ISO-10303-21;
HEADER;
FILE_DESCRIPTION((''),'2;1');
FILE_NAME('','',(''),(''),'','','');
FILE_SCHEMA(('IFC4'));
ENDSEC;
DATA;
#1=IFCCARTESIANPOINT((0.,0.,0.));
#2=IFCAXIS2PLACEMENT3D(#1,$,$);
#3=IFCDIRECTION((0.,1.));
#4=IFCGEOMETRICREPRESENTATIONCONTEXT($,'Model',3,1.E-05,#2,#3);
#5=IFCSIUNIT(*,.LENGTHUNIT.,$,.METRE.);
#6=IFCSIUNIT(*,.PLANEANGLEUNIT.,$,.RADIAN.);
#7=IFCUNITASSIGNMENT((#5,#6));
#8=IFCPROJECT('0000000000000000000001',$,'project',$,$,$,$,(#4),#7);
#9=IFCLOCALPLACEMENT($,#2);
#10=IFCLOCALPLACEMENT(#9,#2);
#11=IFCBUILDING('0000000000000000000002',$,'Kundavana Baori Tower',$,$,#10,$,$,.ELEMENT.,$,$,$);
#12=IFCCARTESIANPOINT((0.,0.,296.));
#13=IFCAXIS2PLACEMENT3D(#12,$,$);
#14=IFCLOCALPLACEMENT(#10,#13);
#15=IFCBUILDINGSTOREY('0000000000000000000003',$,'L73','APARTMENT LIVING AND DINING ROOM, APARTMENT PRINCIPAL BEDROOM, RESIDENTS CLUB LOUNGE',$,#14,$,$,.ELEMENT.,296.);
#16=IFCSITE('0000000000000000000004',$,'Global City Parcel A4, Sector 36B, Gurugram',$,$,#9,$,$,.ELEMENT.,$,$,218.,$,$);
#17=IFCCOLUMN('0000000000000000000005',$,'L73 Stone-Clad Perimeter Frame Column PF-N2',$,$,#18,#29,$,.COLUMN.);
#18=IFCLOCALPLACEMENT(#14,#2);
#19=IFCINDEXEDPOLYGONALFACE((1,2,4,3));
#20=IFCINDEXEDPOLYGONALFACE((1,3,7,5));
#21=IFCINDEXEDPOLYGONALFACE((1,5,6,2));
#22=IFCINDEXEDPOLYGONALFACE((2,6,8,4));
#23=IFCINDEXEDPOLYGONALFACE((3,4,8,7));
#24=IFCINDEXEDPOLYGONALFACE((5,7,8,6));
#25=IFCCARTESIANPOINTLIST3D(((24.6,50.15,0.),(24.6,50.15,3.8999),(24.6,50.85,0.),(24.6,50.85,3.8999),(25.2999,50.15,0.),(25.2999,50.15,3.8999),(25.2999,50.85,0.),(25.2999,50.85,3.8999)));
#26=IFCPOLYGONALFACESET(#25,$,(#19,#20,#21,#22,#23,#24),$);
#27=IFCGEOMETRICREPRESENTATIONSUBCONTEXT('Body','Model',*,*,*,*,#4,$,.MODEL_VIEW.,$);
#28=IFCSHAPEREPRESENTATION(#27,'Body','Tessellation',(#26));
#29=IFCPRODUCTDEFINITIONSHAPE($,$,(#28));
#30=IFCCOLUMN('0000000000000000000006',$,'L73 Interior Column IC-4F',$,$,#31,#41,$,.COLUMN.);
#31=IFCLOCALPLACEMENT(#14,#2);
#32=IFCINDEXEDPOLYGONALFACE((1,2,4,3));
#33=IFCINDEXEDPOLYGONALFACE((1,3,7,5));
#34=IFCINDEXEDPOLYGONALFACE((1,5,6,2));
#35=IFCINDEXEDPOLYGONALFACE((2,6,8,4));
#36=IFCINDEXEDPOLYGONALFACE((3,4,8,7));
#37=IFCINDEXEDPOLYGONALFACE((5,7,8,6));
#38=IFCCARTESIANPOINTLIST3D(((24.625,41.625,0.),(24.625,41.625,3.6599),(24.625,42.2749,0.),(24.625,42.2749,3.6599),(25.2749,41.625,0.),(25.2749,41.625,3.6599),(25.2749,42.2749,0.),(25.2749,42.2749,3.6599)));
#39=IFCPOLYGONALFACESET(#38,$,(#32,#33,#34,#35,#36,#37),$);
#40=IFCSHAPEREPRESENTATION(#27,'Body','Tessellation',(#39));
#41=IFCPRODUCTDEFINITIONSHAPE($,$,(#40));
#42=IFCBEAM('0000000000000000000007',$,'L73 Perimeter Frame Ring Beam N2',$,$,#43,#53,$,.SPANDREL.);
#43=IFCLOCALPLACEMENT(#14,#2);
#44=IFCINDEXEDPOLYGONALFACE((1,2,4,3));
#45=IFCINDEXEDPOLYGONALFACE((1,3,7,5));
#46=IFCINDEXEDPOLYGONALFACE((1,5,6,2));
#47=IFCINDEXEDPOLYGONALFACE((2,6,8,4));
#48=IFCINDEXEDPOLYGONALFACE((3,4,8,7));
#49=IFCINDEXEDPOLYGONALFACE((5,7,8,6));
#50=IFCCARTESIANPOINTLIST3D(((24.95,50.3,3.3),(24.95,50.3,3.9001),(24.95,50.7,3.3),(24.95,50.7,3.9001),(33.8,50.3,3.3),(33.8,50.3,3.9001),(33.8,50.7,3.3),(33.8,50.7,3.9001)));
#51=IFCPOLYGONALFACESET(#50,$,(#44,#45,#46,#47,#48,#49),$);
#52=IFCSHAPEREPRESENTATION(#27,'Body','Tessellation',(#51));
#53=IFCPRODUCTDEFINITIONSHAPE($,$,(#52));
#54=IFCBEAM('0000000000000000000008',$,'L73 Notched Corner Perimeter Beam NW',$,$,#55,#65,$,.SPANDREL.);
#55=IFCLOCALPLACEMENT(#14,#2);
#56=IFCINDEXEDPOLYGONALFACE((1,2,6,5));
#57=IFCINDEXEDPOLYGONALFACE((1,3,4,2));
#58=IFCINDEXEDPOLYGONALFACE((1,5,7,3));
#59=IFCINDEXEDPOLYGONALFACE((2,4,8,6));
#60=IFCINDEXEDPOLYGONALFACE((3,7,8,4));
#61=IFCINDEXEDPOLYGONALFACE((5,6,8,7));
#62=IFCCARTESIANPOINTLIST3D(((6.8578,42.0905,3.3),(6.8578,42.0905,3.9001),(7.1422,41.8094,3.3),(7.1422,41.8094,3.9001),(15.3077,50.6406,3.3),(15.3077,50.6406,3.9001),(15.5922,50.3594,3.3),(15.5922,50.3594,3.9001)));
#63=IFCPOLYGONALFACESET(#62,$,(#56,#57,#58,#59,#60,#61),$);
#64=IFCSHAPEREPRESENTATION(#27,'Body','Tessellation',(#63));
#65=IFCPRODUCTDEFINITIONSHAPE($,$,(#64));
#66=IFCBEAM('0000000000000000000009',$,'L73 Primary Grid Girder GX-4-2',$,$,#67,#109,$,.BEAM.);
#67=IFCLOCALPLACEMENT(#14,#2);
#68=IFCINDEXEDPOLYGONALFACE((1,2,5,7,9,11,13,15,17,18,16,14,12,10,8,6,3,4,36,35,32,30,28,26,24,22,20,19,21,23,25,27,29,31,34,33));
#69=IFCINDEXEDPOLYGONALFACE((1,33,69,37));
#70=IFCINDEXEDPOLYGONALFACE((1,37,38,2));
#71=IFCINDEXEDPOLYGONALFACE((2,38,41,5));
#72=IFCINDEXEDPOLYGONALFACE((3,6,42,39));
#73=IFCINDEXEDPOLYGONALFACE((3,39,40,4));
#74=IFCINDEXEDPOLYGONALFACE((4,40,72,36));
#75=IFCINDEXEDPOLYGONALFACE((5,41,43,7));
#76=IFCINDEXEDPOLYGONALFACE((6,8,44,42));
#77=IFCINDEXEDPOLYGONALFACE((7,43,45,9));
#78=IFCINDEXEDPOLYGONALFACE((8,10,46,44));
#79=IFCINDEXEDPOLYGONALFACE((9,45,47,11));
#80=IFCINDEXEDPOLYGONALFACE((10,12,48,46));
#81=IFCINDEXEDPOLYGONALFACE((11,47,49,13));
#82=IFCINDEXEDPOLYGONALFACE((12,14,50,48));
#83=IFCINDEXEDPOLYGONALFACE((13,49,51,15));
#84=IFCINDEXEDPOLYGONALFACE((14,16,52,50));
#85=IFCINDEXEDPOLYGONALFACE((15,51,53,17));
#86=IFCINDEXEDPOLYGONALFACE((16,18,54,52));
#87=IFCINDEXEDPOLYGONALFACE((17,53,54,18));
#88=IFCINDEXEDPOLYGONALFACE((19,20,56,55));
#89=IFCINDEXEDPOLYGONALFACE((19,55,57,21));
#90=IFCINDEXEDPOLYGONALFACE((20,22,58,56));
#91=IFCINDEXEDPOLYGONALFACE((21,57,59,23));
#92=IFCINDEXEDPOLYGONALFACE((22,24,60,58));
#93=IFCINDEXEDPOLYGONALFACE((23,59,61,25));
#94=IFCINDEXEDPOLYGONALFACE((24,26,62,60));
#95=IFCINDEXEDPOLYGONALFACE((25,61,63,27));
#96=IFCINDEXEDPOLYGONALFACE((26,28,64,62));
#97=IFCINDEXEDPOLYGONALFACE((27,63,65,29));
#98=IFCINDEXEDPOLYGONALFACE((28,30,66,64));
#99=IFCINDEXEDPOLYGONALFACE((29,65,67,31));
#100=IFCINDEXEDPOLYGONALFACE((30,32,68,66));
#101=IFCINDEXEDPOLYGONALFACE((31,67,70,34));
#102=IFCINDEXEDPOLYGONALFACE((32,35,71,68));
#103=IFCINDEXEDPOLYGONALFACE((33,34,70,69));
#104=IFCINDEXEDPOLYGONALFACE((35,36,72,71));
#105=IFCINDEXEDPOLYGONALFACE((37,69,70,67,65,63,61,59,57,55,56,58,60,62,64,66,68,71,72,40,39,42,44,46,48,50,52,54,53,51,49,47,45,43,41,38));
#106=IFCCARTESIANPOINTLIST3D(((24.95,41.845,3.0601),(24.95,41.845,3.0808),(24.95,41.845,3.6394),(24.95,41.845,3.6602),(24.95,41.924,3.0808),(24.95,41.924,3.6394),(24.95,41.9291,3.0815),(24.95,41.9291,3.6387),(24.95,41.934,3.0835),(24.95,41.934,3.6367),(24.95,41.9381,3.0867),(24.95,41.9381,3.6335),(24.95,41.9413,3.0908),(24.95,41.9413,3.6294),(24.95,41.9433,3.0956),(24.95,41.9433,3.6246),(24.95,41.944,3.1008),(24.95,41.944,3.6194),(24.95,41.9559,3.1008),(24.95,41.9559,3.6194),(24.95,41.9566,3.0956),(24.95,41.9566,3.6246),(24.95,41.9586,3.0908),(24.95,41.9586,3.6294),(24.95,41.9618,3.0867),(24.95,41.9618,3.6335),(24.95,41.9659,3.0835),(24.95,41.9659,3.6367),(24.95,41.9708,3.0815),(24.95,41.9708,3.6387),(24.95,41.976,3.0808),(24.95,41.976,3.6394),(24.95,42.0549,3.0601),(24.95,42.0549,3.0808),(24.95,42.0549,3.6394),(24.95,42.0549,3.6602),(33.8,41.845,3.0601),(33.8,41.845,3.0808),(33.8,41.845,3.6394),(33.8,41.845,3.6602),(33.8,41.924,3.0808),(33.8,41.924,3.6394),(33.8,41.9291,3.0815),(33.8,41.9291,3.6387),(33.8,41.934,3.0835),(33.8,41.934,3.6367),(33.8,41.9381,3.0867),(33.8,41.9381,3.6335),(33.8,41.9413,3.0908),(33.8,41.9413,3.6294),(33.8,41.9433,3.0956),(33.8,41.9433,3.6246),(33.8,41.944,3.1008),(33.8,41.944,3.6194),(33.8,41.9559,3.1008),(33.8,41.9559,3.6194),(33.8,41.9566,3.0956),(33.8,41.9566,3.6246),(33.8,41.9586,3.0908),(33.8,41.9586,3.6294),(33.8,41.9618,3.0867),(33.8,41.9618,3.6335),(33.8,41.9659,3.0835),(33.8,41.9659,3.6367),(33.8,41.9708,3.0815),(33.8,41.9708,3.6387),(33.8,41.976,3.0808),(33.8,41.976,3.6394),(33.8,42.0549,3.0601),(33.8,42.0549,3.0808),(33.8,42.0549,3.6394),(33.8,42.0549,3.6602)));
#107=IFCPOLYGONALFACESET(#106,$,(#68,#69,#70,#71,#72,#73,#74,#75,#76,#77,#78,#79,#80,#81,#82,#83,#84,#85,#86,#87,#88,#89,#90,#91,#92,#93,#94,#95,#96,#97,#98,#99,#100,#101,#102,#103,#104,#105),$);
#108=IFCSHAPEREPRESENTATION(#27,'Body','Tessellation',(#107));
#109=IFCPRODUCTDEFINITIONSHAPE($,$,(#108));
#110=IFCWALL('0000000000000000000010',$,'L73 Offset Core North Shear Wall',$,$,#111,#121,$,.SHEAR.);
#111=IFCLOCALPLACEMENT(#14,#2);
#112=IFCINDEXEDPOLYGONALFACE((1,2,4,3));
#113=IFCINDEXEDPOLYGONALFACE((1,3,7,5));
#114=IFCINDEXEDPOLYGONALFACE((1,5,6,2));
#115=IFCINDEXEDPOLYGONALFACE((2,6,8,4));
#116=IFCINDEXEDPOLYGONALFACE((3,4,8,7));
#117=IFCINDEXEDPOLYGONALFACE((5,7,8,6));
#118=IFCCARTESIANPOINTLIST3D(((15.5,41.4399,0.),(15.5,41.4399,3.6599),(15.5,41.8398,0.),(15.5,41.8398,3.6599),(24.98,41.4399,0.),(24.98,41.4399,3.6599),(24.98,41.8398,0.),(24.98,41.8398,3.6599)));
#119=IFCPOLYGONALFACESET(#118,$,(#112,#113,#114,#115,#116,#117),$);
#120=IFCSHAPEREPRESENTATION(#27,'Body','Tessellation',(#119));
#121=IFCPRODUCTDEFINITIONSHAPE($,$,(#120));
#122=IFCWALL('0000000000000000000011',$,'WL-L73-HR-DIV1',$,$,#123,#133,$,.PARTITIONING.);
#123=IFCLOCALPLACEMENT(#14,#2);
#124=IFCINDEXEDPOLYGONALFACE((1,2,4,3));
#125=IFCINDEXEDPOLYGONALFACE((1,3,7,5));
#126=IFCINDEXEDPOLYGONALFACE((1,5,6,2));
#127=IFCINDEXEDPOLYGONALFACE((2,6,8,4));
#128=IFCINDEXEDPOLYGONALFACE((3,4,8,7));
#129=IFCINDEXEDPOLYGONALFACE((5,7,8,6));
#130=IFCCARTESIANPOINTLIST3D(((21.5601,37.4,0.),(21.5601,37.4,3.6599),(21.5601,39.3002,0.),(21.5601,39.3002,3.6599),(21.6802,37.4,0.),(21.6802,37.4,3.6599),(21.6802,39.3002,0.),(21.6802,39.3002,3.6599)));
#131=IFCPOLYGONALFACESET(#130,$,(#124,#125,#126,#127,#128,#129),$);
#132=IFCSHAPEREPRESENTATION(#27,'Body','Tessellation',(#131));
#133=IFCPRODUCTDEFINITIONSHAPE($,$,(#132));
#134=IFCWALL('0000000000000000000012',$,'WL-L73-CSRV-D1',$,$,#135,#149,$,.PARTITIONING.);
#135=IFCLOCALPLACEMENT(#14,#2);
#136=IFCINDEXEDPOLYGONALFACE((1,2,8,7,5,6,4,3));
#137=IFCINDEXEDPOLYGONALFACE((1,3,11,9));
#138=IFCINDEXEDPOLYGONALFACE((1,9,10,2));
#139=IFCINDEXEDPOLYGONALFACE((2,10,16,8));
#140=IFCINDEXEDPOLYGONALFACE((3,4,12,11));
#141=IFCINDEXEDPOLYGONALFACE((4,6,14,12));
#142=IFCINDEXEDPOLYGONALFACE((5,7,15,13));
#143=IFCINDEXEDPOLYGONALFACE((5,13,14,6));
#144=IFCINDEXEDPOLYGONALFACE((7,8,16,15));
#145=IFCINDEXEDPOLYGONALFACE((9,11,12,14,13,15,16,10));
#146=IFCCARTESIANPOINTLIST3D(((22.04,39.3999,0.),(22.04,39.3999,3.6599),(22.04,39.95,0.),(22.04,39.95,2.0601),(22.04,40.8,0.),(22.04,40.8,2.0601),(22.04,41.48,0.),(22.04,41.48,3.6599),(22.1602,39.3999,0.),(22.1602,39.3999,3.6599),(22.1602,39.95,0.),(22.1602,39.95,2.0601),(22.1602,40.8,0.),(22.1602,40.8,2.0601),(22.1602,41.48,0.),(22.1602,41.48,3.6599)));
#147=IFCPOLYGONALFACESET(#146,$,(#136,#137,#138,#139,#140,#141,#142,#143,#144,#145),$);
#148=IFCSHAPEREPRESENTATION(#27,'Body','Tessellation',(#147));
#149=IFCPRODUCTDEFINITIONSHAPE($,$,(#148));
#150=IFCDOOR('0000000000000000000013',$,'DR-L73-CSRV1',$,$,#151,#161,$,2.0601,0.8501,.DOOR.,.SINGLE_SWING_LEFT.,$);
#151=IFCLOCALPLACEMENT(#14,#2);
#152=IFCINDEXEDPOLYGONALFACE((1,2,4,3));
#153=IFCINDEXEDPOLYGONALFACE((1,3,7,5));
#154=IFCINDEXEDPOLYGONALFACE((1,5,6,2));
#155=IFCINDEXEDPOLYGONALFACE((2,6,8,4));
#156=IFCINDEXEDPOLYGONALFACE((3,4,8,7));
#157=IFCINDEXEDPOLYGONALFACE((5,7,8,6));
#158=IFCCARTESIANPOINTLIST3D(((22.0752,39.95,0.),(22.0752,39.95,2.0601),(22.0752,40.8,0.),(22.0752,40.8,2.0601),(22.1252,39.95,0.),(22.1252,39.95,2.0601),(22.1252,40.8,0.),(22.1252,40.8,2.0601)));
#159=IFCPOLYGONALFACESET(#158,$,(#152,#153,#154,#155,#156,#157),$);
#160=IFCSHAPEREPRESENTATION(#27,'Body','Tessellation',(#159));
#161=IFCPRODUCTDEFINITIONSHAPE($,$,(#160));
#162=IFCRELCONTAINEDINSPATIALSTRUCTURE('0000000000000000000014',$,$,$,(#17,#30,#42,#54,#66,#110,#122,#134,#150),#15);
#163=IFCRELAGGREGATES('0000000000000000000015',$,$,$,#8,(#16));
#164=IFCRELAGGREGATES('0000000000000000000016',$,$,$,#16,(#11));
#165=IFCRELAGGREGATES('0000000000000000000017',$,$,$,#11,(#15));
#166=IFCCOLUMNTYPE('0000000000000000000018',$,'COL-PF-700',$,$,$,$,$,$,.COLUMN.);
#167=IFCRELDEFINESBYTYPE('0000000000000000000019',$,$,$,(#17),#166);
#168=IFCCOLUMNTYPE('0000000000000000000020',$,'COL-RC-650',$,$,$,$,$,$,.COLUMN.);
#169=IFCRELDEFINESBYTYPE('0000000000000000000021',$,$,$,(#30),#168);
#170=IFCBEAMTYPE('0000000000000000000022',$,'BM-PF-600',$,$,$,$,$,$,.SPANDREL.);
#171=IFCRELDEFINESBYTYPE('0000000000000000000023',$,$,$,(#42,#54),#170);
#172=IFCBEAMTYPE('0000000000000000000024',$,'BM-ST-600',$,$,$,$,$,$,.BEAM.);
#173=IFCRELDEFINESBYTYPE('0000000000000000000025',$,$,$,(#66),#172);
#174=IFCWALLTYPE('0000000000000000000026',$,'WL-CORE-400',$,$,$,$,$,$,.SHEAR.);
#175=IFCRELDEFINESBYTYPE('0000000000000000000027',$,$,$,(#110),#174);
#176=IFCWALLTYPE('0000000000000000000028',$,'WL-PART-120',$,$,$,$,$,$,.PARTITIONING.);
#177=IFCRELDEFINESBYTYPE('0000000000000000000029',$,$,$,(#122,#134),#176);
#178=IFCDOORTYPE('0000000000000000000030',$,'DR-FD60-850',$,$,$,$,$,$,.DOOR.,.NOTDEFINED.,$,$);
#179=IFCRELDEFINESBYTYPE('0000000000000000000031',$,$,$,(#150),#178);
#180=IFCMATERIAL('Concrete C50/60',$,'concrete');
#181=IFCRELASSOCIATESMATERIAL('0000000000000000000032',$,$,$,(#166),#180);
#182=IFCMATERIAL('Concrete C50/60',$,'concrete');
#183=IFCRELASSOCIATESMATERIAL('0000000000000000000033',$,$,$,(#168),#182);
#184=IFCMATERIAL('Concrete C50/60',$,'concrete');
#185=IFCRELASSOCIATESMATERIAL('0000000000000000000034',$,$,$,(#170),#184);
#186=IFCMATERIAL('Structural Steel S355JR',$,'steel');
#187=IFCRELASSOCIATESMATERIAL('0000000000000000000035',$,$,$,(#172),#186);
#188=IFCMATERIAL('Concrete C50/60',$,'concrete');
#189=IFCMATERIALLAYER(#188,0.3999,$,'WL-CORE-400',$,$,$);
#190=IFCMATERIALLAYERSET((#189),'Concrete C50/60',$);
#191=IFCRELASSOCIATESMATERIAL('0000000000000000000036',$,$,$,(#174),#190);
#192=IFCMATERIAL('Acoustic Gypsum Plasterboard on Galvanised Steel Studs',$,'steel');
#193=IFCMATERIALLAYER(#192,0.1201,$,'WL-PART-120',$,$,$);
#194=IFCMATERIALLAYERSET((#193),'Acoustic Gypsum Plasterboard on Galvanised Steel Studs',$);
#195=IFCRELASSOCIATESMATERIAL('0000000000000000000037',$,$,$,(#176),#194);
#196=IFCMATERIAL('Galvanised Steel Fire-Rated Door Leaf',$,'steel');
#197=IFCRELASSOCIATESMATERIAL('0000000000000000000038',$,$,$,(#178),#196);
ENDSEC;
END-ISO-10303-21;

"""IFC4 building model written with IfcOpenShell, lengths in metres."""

from ifc_helpers import new_model, si_unit, direction, frame, frame_2d, origin, origin_2d, place, context, subcontext, project, spatial, rectangle, i_section, extrude, material, layer, layer_set, material_profile, profile_set, type_object, element, fill, save


model = new_model("IFC4")

# Units and contexts
model_context = context("Model", 3, precision=1e-05, world=origin(), true_north=direction((0.0, 1.0)))
body_context = subcontext(model_context, "Body", "Model", "MODEL_VIEW")
ifc_project = project(units=[si_unit("LENGTHUNIT", "METRE"), si_unit("PLANEANGLEUNIT", "RADIAN")], contexts=[model_context])

# Site, building, storey
site_placement = place(None, origin())
site = spatial("IfcSite", under=ifc_project, at=site_placement, Name="Global City Parcel A4, Sector 36B, Gurugram", CompositionType="ELEMENT", RefElevation=218.0)
building_placement = place(site_placement, origin())
building = spatial("IfcBuilding", under=site, at=building_placement, Name="Kundavana Baori Tower", CompositionType="ELEMENT")
storey_placement = place(building_placement, frame((0.0, 0.0, 296.0)))
storey = spatial("IfcBuildingStorey", under=building, at=storey_placement, Name="L73", Description="APARTMENT LIVING AND DINING ROOM, APARTMENT PRINCIPAL BEDROOM, RESIDENTS CLUB LOUNGE", CompositionType="ELEMENT", Elevation=296.0)

# Columns
ifc_material_1 = material(Name="Concrete C50/60", Category="concrete")
ifc_material_profile_1 = material_profile(ifc_material_1, rectangle(XDim=0.7, YDim=0.7, at=origin_2d()), Name="RC PF 700x700")
ifc_profile_set_1 = profile_set([ifc_material_profile_1], Name="Concrete C50/60")
column_type_1 = type_object("IfcColumnType", Name="COL-PF-700", PredefinedType="COLUMN", material=ifc_profile_set_1)
column_1_placement = place(storey_placement, frame((24.95, 50.5, 0.0), z_axis=(0.0, 0.0, 1.0), x_axis=(1.0, 0.0, 0.0)))
element("IfcColumn", 1, at=column_1_placement, inside=storey, type_object=column_type_1, Name="L73 Stone-Clad Perimeter Frame Column PF-N2", PredefinedType="COLUMN", context=body_context, shape_type="SweptSolid", body=[
    extrude(rectangle(XDim=0.7, YDim=0.7, at=origin_2d()), origin(), (0.0, 0.0, 1.0), 3.8999),
])
ifc_material_2 = material(Name="Concrete C50/60", Category="concrete")
ifc_material_profile_2 = material_profile(ifc_material_2, rectangle(XDim=0.6499, YDim=0.6499, at=origin_2d()), Name="RC 650x650")
ifc_profile_set_2 = profile_set([ifc_material_profile_2], Name="Concrete C50/60")
column_type_2 = type_object("IfcColumnType", Name="COL-RC-650", PredefinedType="COLUMN", material=ifc_profile_set_2)
column_2_placement = place(storey_placement, frame((24.95, 41.95, 0.0), z_axis=(0.0, 0.0, 1.0), x_axis=(1.0, 0.0, 0.0)))
element("IfcColumn", 2, at=column_2_placement, inside=storey, type_object=column_type_2, Name="L73 Interior Column IC-4F", PredefinedType="COLUMN", context=body_context, shape_type="SweptSolid", body=[
    extrude(rectangle(XDim=0.6499, YDim=0.6499, at=origin_2d()), origin(), (0.0, 0.0, 1.0), 3.6599),
])

# Beams
ifc_material_3 = material(Name="Concrete C50/60", Category="concrete")
ifc_material_profile_3 = material_profile(ifc_material_3, rectangle(XDim=0.3999, YDim=0.6001, at=origin_2d()), Name="RC BM 400x600")
ifc_profile_set_3 = profile_set([ifc_material_profile_3], Name="Concrete C50/60")
beam_type_1 = type_object("IfcBeamType", Name="BM-PF-600", PredefinedType="SPANDREL", material=ifc_profile_set_3)
beam_1_placement = place(storey_placement, frame((24.95, 50.5, 3.6001), z_axis=(1.0, 0.0, 0.0), x_axis=(0.0, 1.0, 0.0)))
element("IfcBeam", 3, at=beam_1_placement, inside=storey, type_object=beam_type_1, Name="L73 Perimeter Frame Ring Beam N2", PredefinedType="SPANDREL", context=body_context, shape_type="SweptSolid", body=[
    extrude(rectangle(XDim=0.3999, YDim=0.6001, at=origin_2d()), origin(), (0.0, 0.0, 1.0), 8.8501),
])
beam_2_placement = place(storey_placement, frame((15.45, 50.5, 3.6001), z_axis=(-0.702931, -0.711258, 0.0), x_axis=(0.711258, -0.702931, 0.0)))
element("IfcBeam", 4, at=beam_2_placement, inside=storey, type_object=beam_type_1, Name="L73 Notched Corner Perimeter Beam NW", PredefinedType="SPANDREL", context=body_context, shape_type="SweptSolid", body=[
    extrude(rectangle(XDim=0.3999, YDim=0.6001, at=origin_2d()), origin(), (0.0, 0.0, 1.0), 12.021),
])
ifc_material_4 = material(Name="Structural Steel S355JR", Category="steel")
ifc_material_profile_4 = material_profile(ifc_material_4, i_section(OverallWidth=0.21, OverallDepth=0.6001, WebThickness=0.012, FlangeThickness=0.0208, FilletRadius=0.02, at=origin_2d()), Name="ISMB 600")
ifc_profile_set_4 = profile_set([ifc_material_profile_4], Name="Structural Steel S355JR")
beam_type_2 = type_object("IfcBeamType", Name="BM-ST-600", PredefinedType="BEAM", material=ifc_profile_set_4)
beam_3_placement = place(storey_placement, frame((24.95, 41.95, 3.3601), z_axis=(1.0, 0.0, 0.0), x_axis=(0.0, 1.0, 0.0)))
element("IfcBeam", 5, at=beam_3_placement, inside=storey, type_object=beam_type_2, Name="L73 Primary Grid Girder GX-4-2", PredefinedType="BEAM", context=body_context, shape_type="SweptSolid", body=[
    extrude(i_section(OverallWidth=0.21, OverallDepth=0.6001, WebThickness=0.012, FlangeThickness=0.0208, FilletRadius=0.02, at=origin_2d()), origin(), (0.0, 0.0, 1.0), 8.8501),
])

# Walls
ifc_material_5 = material(Name="Concrete C50/60", Category="concrete")
ifc_layer_1 = layer(ifc_material_5, 0.3999, Name="WL-CORE-400")
ifc_layer_set_1 = layer_set([ifc_layer_1], Name="Concrete C50/60")
wall_type_1 = type_object("IfcWallType", Name="WL-CORE-400", PredefinedType="SHEAR", material=ifc_layer_set_1)
wall_1_placement = place(storey_placement, frame((15.5, 41.6399, 0.0), z_axis=(0.0, 0.0, 1.0), x_axis=(1.0, 0.0, 0.0)))
element("IfcWall", 6, at=wall_1_placement, inside=storey, type_object=wall_type_1, Name="L73 Offset Core North Shear Wall", PredefinedType="SHEAR", context=body_context, shape_type="SweptSolid", body=[
    extrude(rectangle(XDim=9.48, YDim=0.3999, at=frame_2d((4.74, 0.0))), origin(), (0.0, 0.0, 1.0), 3.6599),
])
ifc_material_6 = material(Name="Acoustic Gypsum Plasterboard on Galvanised Steel Studs", Category="steel")
ifc_layer_2 = layer(ifc_material_6, 0.1201, Name="WL-PART-120")
ifc_layer_set_2 = layer_set([ifc_layer_2], Name="Acoustic Gypsum Plasterboard on Galvanised Steel Studs")
wall_type_2 = type_object("IfcWallType", Name="WL-PART-120", PredefinedType="PARTITIONING", material=ifc_layer_set_2)
wall_2_placement = place(storey_placement, frame((21.6201, 37.3999, 0.0), z_axis=(0.0, 0.0, 1.0), x_axis=(0.0, 1.0, 0.0)))
element("IfcWall", 7, at=wall_2_placement, inside=storey, type_object=wall_type_2, Name="WL-L73-HR-DIV1", PredefinedType="PARTITIONING", context=body_context, shape_type="SweptSolid", body=[
    extrude(rectangle(XDim=1.9001, YDim=0.1201, at=frame_2d((0.9502, 0.0))), origin(), (0.0, 0.0, 1.0), 3.6599),
])

# Wall, opening, door
wall_3_placement = place(storey_placement, frame((22.1001, 39.3999, 0.0), z_axis=(0.0, 0.0, 1.0), x_axis=(0.0, 1.0, 0.0)))
wall_3 = element("IfcWall", 8, at=wall_3_placement, inside=storey, type_object=wall_type_2, Name="WL-L73-CSRV-D1", PredefinedType="PARTITIONING", context=body_context, shape_type="SweptSolid", body=[
    extrude(rectangle(XDim=2.0801, YDim=0.1201, at=frame_2d((1.04, 0.0))), origin(), (0.0, 0.0, 1.0), 3.6599),
])
opening_1_placement = place(wall_3_placement, frame((0.55, 0.0, 0.0)))
opening_1 = element("IfcOpeningElement", 9, at=opening_1_placement, cuts=wall_3, PredefinedType="OPENING", context=body_context, shape_type="SweptSolid", body=[
    extrude(rectangle(XDim=0.8501, YDim=2.0601, at=frame_2d((0.425, 1.03))), frame((0.0, 0.0701, 0.0), z_axis=(0.0, -1.0, 0.0), x_axis=(1.0, 0.0, 0.0)), (0.0, 0.0, 1.0), 0.1401),
])
ifc_material_7 = material(Name="Galvanised Steel Fire-Rated Door Leaf", Category="steel")
door_type_1 = type_object("IfcDoorType", Name="DR-FD60-850", OperationType="NOTDEFINED", PredefinedType="DOOR", material=ifc_material_7)
door_1_placement = place(opening_1_placement, origin())
door_1 = element("IfcDoor", 10, at=door_1_placement, inside=storey, type_object=door_type_1, Name="DR-L73-CSRV1", OperationType="SINGLE_SWING_LEFT", OverallHeight=2.0601, OverallWidth=0.8501, PredefinedType="DOOR", context=body_context, shape_type="SweptSolid", body=[
    extrude(rectangle(XDim=0.8501, YDim=2.0601, at=frame_2d((0.425, 1.03))), frame((0.0, 0.0249, 0.0), z_axis=(0.0, -1.0, 0.0), x_axis=(1.0, 0.0, 0.0)), (0.0, 0.0, 1.0), 0.05),
])
fill(opening_1, door_1)

save(model, "model.ifc")
